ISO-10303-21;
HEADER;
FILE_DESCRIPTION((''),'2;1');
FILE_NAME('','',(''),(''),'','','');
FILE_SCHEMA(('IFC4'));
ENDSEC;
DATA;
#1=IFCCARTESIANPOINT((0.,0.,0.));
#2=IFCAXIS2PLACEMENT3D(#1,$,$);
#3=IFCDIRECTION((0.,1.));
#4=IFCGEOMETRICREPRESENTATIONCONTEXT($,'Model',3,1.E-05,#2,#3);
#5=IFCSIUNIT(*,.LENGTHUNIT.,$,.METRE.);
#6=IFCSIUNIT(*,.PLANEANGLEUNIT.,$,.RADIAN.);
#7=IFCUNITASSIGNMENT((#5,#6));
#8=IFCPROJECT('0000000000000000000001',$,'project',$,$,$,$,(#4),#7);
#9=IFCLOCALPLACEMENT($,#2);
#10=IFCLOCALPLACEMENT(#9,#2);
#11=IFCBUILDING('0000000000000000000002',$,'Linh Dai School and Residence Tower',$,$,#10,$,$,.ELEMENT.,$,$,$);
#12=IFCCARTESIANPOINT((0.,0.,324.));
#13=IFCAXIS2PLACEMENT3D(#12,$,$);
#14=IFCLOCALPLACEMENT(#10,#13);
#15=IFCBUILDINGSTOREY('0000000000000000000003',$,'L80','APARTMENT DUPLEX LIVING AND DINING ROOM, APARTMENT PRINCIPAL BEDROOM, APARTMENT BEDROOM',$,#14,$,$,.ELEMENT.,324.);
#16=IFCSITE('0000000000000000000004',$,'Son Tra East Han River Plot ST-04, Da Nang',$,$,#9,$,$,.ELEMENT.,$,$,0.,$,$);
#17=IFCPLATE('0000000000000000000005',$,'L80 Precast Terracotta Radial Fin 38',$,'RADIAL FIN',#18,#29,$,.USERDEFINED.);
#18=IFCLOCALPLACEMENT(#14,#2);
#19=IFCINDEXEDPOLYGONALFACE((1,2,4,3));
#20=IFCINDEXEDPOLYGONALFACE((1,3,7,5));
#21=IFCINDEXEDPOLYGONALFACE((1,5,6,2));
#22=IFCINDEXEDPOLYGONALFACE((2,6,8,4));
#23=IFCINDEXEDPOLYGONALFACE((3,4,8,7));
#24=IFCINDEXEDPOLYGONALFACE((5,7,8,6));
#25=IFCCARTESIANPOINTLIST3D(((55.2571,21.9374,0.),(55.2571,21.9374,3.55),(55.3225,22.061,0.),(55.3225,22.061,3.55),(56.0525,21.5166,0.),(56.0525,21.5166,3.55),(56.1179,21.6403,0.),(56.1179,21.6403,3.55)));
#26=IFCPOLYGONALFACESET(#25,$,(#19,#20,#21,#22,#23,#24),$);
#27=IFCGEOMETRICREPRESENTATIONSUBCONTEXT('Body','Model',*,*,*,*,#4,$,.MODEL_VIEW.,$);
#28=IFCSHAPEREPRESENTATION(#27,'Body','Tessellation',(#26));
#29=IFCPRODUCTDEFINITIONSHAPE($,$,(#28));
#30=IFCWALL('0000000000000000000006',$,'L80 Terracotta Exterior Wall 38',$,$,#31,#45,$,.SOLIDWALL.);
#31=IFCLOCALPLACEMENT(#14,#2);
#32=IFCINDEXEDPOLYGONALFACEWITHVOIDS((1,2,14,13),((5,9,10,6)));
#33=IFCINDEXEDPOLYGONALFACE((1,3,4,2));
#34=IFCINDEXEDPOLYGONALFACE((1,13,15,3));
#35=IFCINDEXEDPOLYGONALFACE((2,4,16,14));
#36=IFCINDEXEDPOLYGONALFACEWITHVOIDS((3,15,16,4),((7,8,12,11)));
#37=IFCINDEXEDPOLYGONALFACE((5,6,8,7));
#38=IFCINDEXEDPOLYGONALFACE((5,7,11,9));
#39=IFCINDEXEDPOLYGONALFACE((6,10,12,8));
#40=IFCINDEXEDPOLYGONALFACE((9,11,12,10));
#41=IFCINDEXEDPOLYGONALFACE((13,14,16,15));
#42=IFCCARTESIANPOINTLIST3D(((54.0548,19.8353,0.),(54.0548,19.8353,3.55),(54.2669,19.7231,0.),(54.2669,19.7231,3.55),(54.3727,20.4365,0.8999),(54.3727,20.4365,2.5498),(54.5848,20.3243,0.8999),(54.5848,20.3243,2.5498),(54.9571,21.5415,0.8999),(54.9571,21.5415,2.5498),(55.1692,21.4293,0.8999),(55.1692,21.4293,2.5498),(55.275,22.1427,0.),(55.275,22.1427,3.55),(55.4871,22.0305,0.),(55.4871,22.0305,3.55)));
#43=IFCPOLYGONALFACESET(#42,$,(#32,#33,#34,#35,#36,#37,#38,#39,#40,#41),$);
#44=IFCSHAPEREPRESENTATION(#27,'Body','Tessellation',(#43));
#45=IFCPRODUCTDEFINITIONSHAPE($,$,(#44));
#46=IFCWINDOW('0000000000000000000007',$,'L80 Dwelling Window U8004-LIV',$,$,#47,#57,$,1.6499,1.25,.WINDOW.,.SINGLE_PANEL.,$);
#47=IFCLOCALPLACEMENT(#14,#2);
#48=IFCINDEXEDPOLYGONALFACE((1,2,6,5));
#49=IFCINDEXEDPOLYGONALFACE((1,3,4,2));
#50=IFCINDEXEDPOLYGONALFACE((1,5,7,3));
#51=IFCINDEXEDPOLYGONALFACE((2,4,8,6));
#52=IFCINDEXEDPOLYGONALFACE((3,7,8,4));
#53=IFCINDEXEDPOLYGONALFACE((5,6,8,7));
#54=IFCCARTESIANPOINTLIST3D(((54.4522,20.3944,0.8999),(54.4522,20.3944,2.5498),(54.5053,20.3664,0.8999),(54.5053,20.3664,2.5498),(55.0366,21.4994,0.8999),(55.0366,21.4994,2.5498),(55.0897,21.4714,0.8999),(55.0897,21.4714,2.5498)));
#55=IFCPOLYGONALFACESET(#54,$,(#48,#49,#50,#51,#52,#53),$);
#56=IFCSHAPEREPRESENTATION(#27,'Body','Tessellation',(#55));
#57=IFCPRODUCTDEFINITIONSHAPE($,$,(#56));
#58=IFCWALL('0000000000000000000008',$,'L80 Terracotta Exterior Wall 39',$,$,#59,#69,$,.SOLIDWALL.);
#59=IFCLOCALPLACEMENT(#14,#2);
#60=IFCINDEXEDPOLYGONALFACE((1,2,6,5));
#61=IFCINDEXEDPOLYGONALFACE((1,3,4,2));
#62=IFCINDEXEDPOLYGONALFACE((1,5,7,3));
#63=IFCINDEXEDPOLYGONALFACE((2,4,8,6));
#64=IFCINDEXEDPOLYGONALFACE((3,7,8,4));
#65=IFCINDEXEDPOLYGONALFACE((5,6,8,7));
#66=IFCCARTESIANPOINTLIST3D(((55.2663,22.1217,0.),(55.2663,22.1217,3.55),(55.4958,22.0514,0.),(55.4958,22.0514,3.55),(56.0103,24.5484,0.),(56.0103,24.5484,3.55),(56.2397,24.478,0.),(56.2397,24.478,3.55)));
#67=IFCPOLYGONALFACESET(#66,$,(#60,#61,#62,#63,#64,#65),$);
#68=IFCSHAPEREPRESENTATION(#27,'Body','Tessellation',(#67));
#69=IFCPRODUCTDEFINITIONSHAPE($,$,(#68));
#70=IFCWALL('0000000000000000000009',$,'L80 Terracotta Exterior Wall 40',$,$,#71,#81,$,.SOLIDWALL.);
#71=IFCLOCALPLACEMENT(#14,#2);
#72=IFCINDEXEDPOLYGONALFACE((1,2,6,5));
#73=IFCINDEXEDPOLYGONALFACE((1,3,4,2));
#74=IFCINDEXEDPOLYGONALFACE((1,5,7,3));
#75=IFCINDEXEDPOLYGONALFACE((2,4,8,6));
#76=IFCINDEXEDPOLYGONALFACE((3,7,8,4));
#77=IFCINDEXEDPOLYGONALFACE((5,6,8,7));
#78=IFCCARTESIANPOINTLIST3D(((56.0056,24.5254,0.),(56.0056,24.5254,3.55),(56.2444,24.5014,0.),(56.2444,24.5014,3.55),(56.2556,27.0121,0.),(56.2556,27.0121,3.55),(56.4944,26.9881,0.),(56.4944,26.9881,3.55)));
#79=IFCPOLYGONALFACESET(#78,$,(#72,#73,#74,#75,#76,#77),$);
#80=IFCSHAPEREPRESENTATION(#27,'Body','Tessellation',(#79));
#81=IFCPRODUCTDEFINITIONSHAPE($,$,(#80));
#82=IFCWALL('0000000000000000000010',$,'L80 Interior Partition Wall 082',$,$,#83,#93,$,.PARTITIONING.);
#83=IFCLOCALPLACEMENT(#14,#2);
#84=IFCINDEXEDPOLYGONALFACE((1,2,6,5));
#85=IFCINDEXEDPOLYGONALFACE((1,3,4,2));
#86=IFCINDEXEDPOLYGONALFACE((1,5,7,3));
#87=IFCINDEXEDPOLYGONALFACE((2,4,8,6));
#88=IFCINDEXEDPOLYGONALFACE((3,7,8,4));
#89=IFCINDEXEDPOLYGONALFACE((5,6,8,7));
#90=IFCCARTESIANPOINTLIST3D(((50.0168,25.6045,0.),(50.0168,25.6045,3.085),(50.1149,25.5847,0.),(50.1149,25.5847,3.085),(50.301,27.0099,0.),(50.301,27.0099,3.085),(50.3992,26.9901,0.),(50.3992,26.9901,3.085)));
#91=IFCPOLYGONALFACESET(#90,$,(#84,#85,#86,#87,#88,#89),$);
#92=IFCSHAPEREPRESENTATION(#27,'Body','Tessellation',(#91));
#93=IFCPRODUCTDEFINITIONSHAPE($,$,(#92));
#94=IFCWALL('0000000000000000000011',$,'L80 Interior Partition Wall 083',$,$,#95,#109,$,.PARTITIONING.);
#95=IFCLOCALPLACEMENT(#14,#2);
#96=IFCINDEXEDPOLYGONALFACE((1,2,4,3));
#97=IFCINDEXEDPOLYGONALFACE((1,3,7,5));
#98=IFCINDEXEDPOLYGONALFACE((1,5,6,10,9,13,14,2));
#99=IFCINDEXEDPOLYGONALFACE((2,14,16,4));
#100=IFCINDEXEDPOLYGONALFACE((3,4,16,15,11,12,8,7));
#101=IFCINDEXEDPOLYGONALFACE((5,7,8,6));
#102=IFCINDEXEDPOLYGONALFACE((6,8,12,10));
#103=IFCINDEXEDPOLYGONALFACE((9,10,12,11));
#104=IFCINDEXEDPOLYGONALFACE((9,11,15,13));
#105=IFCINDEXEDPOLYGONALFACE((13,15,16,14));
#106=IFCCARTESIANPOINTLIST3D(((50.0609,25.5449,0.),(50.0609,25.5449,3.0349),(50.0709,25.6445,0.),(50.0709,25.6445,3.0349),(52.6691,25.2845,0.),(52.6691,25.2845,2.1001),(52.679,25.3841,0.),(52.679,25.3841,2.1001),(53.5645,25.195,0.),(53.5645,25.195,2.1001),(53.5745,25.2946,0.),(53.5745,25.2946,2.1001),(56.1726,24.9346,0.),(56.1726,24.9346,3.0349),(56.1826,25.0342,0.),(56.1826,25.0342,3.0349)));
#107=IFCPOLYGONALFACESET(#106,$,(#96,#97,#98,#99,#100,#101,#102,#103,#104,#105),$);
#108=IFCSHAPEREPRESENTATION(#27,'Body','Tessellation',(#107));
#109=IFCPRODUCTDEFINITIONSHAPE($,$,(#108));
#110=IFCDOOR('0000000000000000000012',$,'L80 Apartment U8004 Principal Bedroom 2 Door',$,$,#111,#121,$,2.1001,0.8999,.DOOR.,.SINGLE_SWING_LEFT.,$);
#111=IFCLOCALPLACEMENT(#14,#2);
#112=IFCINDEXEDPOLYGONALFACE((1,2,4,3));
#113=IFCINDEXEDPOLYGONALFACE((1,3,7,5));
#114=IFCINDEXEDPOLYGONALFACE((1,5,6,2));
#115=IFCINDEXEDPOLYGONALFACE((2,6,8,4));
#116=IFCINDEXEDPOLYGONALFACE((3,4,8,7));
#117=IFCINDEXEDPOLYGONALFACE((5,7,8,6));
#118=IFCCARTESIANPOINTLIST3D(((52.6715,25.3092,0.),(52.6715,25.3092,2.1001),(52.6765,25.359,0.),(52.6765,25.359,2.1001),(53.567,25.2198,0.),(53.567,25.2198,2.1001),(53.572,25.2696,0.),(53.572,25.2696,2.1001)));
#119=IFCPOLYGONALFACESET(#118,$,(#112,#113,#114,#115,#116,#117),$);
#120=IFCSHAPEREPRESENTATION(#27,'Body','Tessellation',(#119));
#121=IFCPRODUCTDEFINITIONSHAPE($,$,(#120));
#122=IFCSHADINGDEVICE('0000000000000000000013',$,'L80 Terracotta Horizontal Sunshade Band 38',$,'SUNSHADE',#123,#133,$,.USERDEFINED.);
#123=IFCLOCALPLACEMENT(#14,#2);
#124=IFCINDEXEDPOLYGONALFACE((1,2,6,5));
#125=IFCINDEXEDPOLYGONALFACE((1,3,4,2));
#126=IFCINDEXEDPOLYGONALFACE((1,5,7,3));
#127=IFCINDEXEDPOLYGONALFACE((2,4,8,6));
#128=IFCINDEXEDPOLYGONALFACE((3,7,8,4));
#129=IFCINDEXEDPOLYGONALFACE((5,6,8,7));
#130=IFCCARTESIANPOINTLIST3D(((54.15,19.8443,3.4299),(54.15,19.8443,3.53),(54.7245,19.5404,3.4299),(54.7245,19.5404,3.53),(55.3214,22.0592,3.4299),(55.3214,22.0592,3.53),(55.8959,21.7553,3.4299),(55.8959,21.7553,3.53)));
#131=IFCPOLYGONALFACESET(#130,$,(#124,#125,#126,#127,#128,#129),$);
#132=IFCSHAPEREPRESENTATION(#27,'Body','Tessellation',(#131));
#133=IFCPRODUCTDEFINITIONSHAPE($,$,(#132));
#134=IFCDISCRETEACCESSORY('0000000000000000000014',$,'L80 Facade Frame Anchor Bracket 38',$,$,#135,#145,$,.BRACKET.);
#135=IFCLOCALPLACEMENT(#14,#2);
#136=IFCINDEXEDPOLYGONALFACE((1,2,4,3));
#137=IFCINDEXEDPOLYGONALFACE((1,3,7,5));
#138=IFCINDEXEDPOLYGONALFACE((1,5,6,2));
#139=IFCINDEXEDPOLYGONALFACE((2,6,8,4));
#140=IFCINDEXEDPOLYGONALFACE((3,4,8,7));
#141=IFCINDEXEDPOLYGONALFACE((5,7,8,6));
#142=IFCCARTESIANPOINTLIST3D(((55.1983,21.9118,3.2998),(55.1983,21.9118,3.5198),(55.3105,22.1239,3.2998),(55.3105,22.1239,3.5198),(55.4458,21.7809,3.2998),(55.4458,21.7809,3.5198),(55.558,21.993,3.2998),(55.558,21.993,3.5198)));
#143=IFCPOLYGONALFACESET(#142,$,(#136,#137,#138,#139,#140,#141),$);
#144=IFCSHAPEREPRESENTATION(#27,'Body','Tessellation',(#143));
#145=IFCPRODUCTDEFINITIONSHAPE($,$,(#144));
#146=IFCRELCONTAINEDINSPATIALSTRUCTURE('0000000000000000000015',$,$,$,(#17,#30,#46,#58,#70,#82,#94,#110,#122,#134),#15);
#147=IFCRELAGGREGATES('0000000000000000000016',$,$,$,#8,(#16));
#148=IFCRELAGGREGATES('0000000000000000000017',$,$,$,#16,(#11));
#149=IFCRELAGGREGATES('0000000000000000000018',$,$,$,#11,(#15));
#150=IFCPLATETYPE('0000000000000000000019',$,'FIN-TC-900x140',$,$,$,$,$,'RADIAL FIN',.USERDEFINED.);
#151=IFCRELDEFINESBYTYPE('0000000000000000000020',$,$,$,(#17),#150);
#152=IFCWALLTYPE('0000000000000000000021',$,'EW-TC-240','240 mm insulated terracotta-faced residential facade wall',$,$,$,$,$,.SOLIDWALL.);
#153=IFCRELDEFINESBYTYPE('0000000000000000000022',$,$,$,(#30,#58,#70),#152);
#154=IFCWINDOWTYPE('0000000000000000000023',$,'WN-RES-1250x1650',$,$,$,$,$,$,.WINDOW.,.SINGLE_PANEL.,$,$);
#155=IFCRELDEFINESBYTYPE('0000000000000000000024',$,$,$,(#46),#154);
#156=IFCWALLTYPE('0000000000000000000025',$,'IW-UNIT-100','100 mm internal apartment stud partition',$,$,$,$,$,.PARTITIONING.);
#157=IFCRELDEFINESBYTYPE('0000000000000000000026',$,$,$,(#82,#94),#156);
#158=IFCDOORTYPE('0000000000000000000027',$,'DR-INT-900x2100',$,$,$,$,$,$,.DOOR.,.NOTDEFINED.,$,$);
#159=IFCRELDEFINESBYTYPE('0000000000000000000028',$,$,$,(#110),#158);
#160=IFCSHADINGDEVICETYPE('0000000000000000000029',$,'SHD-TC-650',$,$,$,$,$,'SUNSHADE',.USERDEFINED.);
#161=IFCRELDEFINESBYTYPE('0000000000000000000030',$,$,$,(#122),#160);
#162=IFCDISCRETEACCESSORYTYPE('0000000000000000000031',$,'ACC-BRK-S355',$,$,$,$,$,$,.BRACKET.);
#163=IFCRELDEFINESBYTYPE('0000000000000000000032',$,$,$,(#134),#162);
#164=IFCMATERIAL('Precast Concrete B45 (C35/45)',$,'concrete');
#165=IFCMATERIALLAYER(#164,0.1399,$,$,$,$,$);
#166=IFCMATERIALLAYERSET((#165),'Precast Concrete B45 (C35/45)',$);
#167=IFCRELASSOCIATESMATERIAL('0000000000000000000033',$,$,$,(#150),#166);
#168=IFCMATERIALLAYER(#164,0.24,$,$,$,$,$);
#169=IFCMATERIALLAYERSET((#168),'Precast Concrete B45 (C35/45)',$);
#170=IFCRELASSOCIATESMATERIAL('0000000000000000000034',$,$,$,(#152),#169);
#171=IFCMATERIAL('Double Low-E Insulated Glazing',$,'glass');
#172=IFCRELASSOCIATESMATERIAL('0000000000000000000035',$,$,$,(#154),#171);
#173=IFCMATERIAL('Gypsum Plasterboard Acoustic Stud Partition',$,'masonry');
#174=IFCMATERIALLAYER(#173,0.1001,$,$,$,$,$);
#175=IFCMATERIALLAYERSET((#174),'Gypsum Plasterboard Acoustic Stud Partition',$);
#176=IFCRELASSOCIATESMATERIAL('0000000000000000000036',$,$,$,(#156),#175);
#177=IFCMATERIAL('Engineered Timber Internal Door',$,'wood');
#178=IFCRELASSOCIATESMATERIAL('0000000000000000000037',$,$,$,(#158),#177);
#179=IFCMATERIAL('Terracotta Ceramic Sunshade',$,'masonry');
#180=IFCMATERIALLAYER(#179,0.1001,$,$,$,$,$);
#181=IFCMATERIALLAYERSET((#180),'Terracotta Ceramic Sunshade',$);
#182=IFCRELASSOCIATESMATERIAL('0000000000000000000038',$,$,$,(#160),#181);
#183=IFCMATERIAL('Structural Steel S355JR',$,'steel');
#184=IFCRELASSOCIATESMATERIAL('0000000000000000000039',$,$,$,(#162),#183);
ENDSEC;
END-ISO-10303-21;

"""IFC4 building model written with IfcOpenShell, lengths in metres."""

from ifc_helpers import new_model, si_unit, direction, frame, frame_2d, origin, origin_2d, place, context, subcontext, project, spatial, rectangle, extrude, source, transform, mapped, material, layer, layer_set, type_object, element, fill, save


model = new_model("IFC4")

# Units and contexts
model_context = context("Model", 3, precision=1e-05, world=origin(), true_north=direction((0.0, 1.0)))
body_context = subcontext(model_context, "Body", "Model", "MODEL_VIEW")
ifc_project = project(units=[si_unit("LENGTHUNIT", "METRE"), si_unit("PLANEANGLEUNIT", "RADIAN")], contexts=[model_context])

# Site, building, storey
site_placement = place(None, origin())
site = spatial("IfcSite", under=ifc_project, at=site_placement, Name="Son Tra East Han River Plot ST-04, Da Nang", CompositionType="ELEMENT", RefElevation=0.0)
building_placement = place(site_placement, origin())
building = spatial("IfcBuilding", under=site, at=building_placement, Name="Linh Dai School and Residence Tower", CompositionType="ELEMENT")
storey_placement = place(building_placement, frame((0.0, 0.0, 324.0)))
storey = spatial("IfcBuildingStorey", under=building, at=storey_placement, Name="L80", Description="APARTMENT DUPLEX LIVING AND DINING ROOM, APARTMENT PRINCIPAL BEDROOM, APARTMENT BEDROOM", CompositionType="ELEMENT", Elevation=324.0)

# Shared definitions
ifc_material_1 = material(Name="Structural Steel S355JR", Category="steel")

# Plate
ifc_material_2 = material(Name="Precast Concrete B45 (C35/45)", Category="concrete")
ifc_layer_1 = layer(ifc_material_2, 0.1399)
ifc_layer_set_1 = layer_set([ifc_layer_1], Name="Precast Concrete B45 (C35/45)")
plate_type = type_object("IfcPlateType", Name="FIN-TC-900x140", ElementType="RADIAL FIN", PredefinedType="USERDEFINED", material=ifc_layer_set_1)
shared_shape_1 = source(origin(), body_context, "Body", "SweptSolid", [
    extrude(rectangle(XDim=0.8999, YDim=0.1399, at=origin_2d()), origin(), (0.0, 0.0, 1.0), 3.55),
])
plate_placement = place(storey_placement, frame((55.6875, 21.7888, 0.0), z_axis=(0.0, 0.0, 1.0), x_axis=(0.883972, -0.46754, 0.0)))
element("IfcPlate", 1, at=plate_placement, inside=storey, type_object=plate_type, Name="L80 Precast Terracotta Radial Fin 38", ObjectType="RADIAL FIN", PredefinedType="USERDEFINED", context=body_context, shape_type="MappedRepresentation", body=[
    mapped(shared_shape_1, transform((0.0, 0.0, 0.0), x_axis=(1.0, 0.0, 0.0), y_axis=(0.0, 1.0, 0.0), z_axis=(0.0, 0.0, 1.0), scale=1.0)),
])

# Wall, opening, window
ifc_layer_2 = layer(ifc_material_2, 0.24)
ifc_layer_set_2 = layer_set([ifc_layer_2], Name="Precast Concrete B45 (C35/45)")
wall_type_1 = type_object("IfcWallType", Name="EW-TC-240", Description="240 mm insulated terracotta-faced residential facade wall", PredefinedType="SOLIDWALL", material=ifc_layer_set_2)
wall_1_placement = place(storey_placement, frame((55.3811, 22.0867, 0.0), z_axis=(0.0, 0.0, 1.0), x_axis=(-0.467488, -0.883999, 0.0)))
wall_1 = element("IfcWall", 2, at=wall_1_placement, inside=storey, type_object=wall_type_1, Name="L80 Terracotta Exterior Wall 38", PredefinedType="SOLIDWALL", context=body_context, shape_type="SweptSolid", body=[
    extrude(rectangle(XDim=2.6101, YDim=0.24, at=frame_2d((1.3052, 0.0))), origin(), (0.0, 0.0, 1.0), 3.55),
])
opening_1_placement = place(wall_1_placement, frame((0.6802, 0.0, 0.8999)))
opening_1 = element("IfcOpeningElement", 3, at=opening_1_placement, cuts=wall_1, PredefinedType="OPENING", context=body_context, shape_type="SweptSolid", body=[
    extrude(rectangle(XDim=1.25, YDim=1.6499, at=origin_2d()), frame((0.625, 0.1299, 0.825), z_axis=(0.0, -1.0, 0.0), x_axis=(1.0, 0.0, 0.0)), (0.0, 0.0, 1.0), 0.26),
])
ifc_material_3 = material(Name="Double Low-E Insulated Glazing", Category="glass")
window_type = type_object("IfcWindowType", Name="WN-RES-1250x1650", PartitioningType="SINGLE_PANEL", PredefinedType="WINDOW", material=ifc_material_3)
shared_shape_2 = source(origin(), body_context, "Body", "SweptSolid", [
    extrude(rectangle(XDim=1.25, YDim=1.6499, at=origin_2d()), frame((0.625, 0.03, 0.825), z_axis=(0.0, -1.0, 0.0), x_axis=(1.0, 0.0, 0.0)), (0.0, 0.0, 1.0), 0.0601),
])
window_placement = place(opening_1_placement, origin())
window = element("IfcWindow", 4, at=window_placement, inside=storey, type_object=window_type, Name="L80 Dwelling Window U8004-LIV", OverallHeight=1.6499, OverallWidth=1.25, PartitioningType="SINGLE_PANEL", PredefinedType="WINDOW", context=body_context, shape_type="MappedRepresentation", body=[
    mapped(shared_shape_2, transform((0.0, 0.0, 0.0), x_axis=(1.0, 0.0, 0.0), y_axis=(0.0, 1.0, 0.0), z_axis=(0.0, 0.0, 1.0), scale=1.0)),
])
fill(opening_1, window)

# Walls
wall_2_placement = place(storey_placement, frame((56.125, 24.5132, 0.0), z_axis=(0.0, 0.0, 1.0), x_axis=(-0.293106, -0.95608, 0.0)))
element("IfcWall", 5, at=wall_2_placement, inside=storey, type_object=wall_type_1, Name="L80 Terracotta Exterior Wall 39", PredefinedType="SOLIDWALL", context=body_context, shape_type="SweptSolid", body=[
    extrude(rectangle(XDim=2.5381, YDim=0.24, at=frame_2d((1.269, 0.0))), origin(), (0.0, 0.0, 1.0), 3.55),
])
wall_3_placement = place(storey_placement, frame((56.375, 27.0, 0.0), z_axis=(0.0, 0.0, 1.0), x_axis=(-0.100026, -0.994985, 0.0)))
element("IfcWall", 6, at=wall_3_placement, inside=storey, type_object=wall_type_1, Name="L80 Terracotta Exterior Wall 40", PredefinedType="SOLIDWALL", context=body_context, shape_type="SweptSolid", body=[
    extrude(rectangle(XDim=2.4993, YDim=0.24, at=frame_2d((1.2495, 0.0))), origin(), (0.0, 0.0, 1.0), 3.55),
])
ifc_material_4 = material(Name="Gypsum Plasterboard Acoustic Stud Partition", Category="masonry")
ifc_layer_3 = layer(ifc_material_4, 0.1001)
ifc_layer_set_3 = layer_set([ifc_layer_3], Name="Gypsum Plasterboard Acoustic Stud Partition")
wall_type_2 = type_object("IfcWallType", Name="IW-UNIT-100", Description="100 mm internal apartment stud partition", PredefinedType="PARTITIONING", material=ifc_layer_set_3)
wall_4_placement = place(storey_placement, frame((50.0659, 25.5947, 0.0), z_axis=(0.0, 0.0, 1.0), x_axis=(0.198212, 0.980159, 0.0)))
element("IfcWall", 7, at=wall_4_placement, inside=storey, type_object=wall_type_2, Name="L80 Interior Partition Wall 082", PredefinedType="PARTITIONING", context=body_context, shape_type="SweptSolid", body=[
    extrude(rectangle(XDim=1.4338, YDim=0.1001, at=frame_2d((0.7168, 0.0))), origin(), (0.0, 0.0, 1.0), 3.085),
])

# Wall, opening, door
wall_5_placement = place(storey_placement, frame((50.0659, 25.5947, 0.0), z_axis=(0.0, 0.0, 1.0), x_axis=(0.99505, -0.099374, 0.0)))
wall_5 = element("IfcWall", 8, at=wall_5_placement, inside=storey, type_object=wall_type_2, Name="L80 Interior Partition Wall 083", PredefinedType="PARTITIONING", context=body_context, shape_type="SweptSolid", body=[
    extrude(rectangle(XDim=6.1421, YDim=0.1001, at=frame_2d((3.071, 0.0))), origin(), (0.0, 0.0, 1.0), 3.0349),
])
opening_2_placement = place(wall_5_placement, frame((2.6211, 0.0, 0.0)))
opening_2 = element("IfcOpeningElement", 9, at=opening_2_placement, cuts=wall_5, PredefinedType="OPENING", context=body_context, shape_type="SweptSolid", body=[
    extrude(rectangle(XDim=0.8999, YDim=2.1001, at=origin_2d()), frame((0.45, 0.0601, 1.05), z_axis=(0.0, -1.0, 0.0), x_axis=(1.0, 0.0, 0.0)), (0.0, 0.0, 1.0), 0.1201),
])
ifc_material_5 = material(Name="Engineered Timber Internal Door", Category="wood")
door_type_1 = type_object("IfcDoorType", Name="DR-INT-900x2100", OperationType="NOTDEFINED", PredefinedType="DOOR", material=ifc_material_5)
shared_shape_3 = source(origin(), body_context, "Body", "SweptSolid", [
    extrude(rectangle(XDim=0.8999, YDim=2.1001, at=origin_2d()), frame((0.45, 0.0249, 1.05), z_axis=(0.0, -1.0, 0.0), x_axis=(1.0, 0.0, 0.0)), (0.0, 0.0, 1.0), 0.05),
])
door_1_placement = place(opening_2_placement, origin())
door_1 = element("IfcDoor", 10, at=door_1_placement, inside=storey, type_object=door_type_1, Name="L80 Apartment U8004 Principal Bedroom 2 Door", OperationType="SINGLE_SWING_LEFT", OverallHeight=2.1001, OverallWidth=0.8999, PredefinedType="DOOR", context=body_context, shape_type="MappedRepresentation", body=[
    mapped(shared_shape_3, transform((0.0, 0.0, 0.0), x_axis=(1.0, 0.0, 0.0), y_axis=(0.0, 1.0, 0.0), z_axis=(0.0, 0.0, 1.0), scale=1.0)),
])
fill(opening_2, door_1)

# Shading device
ifc_material_6 = material(Name="Terracotta Ceramic Sunshade", Category="masonry")
ifc_layer_4 = layer(ifc_material_6, 0.1001)
ifc_layer_set_4 = layer_set([ifc_layer_4], Name="Terracotta Ceramic Sunshade")
shading_device_type = type_object("IfcShadingDeviceType", Name="SHD-TC-650", ElementType="SUNSHADE", PredefinedType="USERDEFINED", material=ifc_layer_set_4)
shared_shape_4 = source(origin(), body_context, "Body", "SweptSolid", [
    extrude(rectangle(XDim=2.5056, YDim=0.6499, at=origin_2d()), origin(), (0.0, 0.0, 1.0), 0.1001),
])
shading_device_placement = place(storey_placement, frame((55.0229, 20.7998, 3.4299), z_axis=(0.0, 0.0, 1.0), x_axis=(-0.46754, -0.883972, 0.0)))
element("IfcShadingDevice", 11, at=shading_device_placement, inside=storey, type_object=shading_device_type, Name="L80 Terracotta Horizontal Sunshade Band 38", ObjectType="SUNSHADE", PredefinedType="USERDEFINED", context=body_context, shape_type="MappedRepresentation", body=[
    mapped(shared_shape_4, transform((0.0, 0.0, 0.0), x_axis=(1.0, 0.0, 0.0), y_axis=(0.0, 1.0, 0.0), z_axis=(0.0, 0.0, 1.0), scale=1.0)),
])

# Discrete accessory
discrete_accessory_type = type_object("IfcDiscreteAccessoryType", Name="ACC-BRK-S355", PredefinedType="BRACKET", material=ifc_material_1)
shared_shape_5 = source(origin(), body_context, "Body", "SweptSolid", [
    extrude(rectangle(XDim=0.28, YDim=0.24, at=origin_2d()), origin(), (0.0, 0.0, 1.0), 0.22),
])
discrete_accessory_placement = place(storey_placement, frame((55.3782, 21.9524, 3.2998), z_axis=(0.0, 0.0, 1.0), x_axis=(0.883972, -0.46754, 0.0)))
element("IfcDiscreteAccessory", 12, at=discrete_accessory_placement, inside=storey, type_object=discrete_accessory_type, Name="L80 Facade Frame Anchor Bracket 38", PredefinedType="BRACKET", context=body_context, shape_type="MappedRepresentation", body=[
    mapped(shared_shape_5, transform((0.0, 0.0, 0.0), x_axis=(1.0, 0.0, 0.0), y_axis=(0.0, 1.0, 0.0), z_axis=(0.0, 0.0, 1.0), scale=1.0)),
])

save(model, "model.ifc")
